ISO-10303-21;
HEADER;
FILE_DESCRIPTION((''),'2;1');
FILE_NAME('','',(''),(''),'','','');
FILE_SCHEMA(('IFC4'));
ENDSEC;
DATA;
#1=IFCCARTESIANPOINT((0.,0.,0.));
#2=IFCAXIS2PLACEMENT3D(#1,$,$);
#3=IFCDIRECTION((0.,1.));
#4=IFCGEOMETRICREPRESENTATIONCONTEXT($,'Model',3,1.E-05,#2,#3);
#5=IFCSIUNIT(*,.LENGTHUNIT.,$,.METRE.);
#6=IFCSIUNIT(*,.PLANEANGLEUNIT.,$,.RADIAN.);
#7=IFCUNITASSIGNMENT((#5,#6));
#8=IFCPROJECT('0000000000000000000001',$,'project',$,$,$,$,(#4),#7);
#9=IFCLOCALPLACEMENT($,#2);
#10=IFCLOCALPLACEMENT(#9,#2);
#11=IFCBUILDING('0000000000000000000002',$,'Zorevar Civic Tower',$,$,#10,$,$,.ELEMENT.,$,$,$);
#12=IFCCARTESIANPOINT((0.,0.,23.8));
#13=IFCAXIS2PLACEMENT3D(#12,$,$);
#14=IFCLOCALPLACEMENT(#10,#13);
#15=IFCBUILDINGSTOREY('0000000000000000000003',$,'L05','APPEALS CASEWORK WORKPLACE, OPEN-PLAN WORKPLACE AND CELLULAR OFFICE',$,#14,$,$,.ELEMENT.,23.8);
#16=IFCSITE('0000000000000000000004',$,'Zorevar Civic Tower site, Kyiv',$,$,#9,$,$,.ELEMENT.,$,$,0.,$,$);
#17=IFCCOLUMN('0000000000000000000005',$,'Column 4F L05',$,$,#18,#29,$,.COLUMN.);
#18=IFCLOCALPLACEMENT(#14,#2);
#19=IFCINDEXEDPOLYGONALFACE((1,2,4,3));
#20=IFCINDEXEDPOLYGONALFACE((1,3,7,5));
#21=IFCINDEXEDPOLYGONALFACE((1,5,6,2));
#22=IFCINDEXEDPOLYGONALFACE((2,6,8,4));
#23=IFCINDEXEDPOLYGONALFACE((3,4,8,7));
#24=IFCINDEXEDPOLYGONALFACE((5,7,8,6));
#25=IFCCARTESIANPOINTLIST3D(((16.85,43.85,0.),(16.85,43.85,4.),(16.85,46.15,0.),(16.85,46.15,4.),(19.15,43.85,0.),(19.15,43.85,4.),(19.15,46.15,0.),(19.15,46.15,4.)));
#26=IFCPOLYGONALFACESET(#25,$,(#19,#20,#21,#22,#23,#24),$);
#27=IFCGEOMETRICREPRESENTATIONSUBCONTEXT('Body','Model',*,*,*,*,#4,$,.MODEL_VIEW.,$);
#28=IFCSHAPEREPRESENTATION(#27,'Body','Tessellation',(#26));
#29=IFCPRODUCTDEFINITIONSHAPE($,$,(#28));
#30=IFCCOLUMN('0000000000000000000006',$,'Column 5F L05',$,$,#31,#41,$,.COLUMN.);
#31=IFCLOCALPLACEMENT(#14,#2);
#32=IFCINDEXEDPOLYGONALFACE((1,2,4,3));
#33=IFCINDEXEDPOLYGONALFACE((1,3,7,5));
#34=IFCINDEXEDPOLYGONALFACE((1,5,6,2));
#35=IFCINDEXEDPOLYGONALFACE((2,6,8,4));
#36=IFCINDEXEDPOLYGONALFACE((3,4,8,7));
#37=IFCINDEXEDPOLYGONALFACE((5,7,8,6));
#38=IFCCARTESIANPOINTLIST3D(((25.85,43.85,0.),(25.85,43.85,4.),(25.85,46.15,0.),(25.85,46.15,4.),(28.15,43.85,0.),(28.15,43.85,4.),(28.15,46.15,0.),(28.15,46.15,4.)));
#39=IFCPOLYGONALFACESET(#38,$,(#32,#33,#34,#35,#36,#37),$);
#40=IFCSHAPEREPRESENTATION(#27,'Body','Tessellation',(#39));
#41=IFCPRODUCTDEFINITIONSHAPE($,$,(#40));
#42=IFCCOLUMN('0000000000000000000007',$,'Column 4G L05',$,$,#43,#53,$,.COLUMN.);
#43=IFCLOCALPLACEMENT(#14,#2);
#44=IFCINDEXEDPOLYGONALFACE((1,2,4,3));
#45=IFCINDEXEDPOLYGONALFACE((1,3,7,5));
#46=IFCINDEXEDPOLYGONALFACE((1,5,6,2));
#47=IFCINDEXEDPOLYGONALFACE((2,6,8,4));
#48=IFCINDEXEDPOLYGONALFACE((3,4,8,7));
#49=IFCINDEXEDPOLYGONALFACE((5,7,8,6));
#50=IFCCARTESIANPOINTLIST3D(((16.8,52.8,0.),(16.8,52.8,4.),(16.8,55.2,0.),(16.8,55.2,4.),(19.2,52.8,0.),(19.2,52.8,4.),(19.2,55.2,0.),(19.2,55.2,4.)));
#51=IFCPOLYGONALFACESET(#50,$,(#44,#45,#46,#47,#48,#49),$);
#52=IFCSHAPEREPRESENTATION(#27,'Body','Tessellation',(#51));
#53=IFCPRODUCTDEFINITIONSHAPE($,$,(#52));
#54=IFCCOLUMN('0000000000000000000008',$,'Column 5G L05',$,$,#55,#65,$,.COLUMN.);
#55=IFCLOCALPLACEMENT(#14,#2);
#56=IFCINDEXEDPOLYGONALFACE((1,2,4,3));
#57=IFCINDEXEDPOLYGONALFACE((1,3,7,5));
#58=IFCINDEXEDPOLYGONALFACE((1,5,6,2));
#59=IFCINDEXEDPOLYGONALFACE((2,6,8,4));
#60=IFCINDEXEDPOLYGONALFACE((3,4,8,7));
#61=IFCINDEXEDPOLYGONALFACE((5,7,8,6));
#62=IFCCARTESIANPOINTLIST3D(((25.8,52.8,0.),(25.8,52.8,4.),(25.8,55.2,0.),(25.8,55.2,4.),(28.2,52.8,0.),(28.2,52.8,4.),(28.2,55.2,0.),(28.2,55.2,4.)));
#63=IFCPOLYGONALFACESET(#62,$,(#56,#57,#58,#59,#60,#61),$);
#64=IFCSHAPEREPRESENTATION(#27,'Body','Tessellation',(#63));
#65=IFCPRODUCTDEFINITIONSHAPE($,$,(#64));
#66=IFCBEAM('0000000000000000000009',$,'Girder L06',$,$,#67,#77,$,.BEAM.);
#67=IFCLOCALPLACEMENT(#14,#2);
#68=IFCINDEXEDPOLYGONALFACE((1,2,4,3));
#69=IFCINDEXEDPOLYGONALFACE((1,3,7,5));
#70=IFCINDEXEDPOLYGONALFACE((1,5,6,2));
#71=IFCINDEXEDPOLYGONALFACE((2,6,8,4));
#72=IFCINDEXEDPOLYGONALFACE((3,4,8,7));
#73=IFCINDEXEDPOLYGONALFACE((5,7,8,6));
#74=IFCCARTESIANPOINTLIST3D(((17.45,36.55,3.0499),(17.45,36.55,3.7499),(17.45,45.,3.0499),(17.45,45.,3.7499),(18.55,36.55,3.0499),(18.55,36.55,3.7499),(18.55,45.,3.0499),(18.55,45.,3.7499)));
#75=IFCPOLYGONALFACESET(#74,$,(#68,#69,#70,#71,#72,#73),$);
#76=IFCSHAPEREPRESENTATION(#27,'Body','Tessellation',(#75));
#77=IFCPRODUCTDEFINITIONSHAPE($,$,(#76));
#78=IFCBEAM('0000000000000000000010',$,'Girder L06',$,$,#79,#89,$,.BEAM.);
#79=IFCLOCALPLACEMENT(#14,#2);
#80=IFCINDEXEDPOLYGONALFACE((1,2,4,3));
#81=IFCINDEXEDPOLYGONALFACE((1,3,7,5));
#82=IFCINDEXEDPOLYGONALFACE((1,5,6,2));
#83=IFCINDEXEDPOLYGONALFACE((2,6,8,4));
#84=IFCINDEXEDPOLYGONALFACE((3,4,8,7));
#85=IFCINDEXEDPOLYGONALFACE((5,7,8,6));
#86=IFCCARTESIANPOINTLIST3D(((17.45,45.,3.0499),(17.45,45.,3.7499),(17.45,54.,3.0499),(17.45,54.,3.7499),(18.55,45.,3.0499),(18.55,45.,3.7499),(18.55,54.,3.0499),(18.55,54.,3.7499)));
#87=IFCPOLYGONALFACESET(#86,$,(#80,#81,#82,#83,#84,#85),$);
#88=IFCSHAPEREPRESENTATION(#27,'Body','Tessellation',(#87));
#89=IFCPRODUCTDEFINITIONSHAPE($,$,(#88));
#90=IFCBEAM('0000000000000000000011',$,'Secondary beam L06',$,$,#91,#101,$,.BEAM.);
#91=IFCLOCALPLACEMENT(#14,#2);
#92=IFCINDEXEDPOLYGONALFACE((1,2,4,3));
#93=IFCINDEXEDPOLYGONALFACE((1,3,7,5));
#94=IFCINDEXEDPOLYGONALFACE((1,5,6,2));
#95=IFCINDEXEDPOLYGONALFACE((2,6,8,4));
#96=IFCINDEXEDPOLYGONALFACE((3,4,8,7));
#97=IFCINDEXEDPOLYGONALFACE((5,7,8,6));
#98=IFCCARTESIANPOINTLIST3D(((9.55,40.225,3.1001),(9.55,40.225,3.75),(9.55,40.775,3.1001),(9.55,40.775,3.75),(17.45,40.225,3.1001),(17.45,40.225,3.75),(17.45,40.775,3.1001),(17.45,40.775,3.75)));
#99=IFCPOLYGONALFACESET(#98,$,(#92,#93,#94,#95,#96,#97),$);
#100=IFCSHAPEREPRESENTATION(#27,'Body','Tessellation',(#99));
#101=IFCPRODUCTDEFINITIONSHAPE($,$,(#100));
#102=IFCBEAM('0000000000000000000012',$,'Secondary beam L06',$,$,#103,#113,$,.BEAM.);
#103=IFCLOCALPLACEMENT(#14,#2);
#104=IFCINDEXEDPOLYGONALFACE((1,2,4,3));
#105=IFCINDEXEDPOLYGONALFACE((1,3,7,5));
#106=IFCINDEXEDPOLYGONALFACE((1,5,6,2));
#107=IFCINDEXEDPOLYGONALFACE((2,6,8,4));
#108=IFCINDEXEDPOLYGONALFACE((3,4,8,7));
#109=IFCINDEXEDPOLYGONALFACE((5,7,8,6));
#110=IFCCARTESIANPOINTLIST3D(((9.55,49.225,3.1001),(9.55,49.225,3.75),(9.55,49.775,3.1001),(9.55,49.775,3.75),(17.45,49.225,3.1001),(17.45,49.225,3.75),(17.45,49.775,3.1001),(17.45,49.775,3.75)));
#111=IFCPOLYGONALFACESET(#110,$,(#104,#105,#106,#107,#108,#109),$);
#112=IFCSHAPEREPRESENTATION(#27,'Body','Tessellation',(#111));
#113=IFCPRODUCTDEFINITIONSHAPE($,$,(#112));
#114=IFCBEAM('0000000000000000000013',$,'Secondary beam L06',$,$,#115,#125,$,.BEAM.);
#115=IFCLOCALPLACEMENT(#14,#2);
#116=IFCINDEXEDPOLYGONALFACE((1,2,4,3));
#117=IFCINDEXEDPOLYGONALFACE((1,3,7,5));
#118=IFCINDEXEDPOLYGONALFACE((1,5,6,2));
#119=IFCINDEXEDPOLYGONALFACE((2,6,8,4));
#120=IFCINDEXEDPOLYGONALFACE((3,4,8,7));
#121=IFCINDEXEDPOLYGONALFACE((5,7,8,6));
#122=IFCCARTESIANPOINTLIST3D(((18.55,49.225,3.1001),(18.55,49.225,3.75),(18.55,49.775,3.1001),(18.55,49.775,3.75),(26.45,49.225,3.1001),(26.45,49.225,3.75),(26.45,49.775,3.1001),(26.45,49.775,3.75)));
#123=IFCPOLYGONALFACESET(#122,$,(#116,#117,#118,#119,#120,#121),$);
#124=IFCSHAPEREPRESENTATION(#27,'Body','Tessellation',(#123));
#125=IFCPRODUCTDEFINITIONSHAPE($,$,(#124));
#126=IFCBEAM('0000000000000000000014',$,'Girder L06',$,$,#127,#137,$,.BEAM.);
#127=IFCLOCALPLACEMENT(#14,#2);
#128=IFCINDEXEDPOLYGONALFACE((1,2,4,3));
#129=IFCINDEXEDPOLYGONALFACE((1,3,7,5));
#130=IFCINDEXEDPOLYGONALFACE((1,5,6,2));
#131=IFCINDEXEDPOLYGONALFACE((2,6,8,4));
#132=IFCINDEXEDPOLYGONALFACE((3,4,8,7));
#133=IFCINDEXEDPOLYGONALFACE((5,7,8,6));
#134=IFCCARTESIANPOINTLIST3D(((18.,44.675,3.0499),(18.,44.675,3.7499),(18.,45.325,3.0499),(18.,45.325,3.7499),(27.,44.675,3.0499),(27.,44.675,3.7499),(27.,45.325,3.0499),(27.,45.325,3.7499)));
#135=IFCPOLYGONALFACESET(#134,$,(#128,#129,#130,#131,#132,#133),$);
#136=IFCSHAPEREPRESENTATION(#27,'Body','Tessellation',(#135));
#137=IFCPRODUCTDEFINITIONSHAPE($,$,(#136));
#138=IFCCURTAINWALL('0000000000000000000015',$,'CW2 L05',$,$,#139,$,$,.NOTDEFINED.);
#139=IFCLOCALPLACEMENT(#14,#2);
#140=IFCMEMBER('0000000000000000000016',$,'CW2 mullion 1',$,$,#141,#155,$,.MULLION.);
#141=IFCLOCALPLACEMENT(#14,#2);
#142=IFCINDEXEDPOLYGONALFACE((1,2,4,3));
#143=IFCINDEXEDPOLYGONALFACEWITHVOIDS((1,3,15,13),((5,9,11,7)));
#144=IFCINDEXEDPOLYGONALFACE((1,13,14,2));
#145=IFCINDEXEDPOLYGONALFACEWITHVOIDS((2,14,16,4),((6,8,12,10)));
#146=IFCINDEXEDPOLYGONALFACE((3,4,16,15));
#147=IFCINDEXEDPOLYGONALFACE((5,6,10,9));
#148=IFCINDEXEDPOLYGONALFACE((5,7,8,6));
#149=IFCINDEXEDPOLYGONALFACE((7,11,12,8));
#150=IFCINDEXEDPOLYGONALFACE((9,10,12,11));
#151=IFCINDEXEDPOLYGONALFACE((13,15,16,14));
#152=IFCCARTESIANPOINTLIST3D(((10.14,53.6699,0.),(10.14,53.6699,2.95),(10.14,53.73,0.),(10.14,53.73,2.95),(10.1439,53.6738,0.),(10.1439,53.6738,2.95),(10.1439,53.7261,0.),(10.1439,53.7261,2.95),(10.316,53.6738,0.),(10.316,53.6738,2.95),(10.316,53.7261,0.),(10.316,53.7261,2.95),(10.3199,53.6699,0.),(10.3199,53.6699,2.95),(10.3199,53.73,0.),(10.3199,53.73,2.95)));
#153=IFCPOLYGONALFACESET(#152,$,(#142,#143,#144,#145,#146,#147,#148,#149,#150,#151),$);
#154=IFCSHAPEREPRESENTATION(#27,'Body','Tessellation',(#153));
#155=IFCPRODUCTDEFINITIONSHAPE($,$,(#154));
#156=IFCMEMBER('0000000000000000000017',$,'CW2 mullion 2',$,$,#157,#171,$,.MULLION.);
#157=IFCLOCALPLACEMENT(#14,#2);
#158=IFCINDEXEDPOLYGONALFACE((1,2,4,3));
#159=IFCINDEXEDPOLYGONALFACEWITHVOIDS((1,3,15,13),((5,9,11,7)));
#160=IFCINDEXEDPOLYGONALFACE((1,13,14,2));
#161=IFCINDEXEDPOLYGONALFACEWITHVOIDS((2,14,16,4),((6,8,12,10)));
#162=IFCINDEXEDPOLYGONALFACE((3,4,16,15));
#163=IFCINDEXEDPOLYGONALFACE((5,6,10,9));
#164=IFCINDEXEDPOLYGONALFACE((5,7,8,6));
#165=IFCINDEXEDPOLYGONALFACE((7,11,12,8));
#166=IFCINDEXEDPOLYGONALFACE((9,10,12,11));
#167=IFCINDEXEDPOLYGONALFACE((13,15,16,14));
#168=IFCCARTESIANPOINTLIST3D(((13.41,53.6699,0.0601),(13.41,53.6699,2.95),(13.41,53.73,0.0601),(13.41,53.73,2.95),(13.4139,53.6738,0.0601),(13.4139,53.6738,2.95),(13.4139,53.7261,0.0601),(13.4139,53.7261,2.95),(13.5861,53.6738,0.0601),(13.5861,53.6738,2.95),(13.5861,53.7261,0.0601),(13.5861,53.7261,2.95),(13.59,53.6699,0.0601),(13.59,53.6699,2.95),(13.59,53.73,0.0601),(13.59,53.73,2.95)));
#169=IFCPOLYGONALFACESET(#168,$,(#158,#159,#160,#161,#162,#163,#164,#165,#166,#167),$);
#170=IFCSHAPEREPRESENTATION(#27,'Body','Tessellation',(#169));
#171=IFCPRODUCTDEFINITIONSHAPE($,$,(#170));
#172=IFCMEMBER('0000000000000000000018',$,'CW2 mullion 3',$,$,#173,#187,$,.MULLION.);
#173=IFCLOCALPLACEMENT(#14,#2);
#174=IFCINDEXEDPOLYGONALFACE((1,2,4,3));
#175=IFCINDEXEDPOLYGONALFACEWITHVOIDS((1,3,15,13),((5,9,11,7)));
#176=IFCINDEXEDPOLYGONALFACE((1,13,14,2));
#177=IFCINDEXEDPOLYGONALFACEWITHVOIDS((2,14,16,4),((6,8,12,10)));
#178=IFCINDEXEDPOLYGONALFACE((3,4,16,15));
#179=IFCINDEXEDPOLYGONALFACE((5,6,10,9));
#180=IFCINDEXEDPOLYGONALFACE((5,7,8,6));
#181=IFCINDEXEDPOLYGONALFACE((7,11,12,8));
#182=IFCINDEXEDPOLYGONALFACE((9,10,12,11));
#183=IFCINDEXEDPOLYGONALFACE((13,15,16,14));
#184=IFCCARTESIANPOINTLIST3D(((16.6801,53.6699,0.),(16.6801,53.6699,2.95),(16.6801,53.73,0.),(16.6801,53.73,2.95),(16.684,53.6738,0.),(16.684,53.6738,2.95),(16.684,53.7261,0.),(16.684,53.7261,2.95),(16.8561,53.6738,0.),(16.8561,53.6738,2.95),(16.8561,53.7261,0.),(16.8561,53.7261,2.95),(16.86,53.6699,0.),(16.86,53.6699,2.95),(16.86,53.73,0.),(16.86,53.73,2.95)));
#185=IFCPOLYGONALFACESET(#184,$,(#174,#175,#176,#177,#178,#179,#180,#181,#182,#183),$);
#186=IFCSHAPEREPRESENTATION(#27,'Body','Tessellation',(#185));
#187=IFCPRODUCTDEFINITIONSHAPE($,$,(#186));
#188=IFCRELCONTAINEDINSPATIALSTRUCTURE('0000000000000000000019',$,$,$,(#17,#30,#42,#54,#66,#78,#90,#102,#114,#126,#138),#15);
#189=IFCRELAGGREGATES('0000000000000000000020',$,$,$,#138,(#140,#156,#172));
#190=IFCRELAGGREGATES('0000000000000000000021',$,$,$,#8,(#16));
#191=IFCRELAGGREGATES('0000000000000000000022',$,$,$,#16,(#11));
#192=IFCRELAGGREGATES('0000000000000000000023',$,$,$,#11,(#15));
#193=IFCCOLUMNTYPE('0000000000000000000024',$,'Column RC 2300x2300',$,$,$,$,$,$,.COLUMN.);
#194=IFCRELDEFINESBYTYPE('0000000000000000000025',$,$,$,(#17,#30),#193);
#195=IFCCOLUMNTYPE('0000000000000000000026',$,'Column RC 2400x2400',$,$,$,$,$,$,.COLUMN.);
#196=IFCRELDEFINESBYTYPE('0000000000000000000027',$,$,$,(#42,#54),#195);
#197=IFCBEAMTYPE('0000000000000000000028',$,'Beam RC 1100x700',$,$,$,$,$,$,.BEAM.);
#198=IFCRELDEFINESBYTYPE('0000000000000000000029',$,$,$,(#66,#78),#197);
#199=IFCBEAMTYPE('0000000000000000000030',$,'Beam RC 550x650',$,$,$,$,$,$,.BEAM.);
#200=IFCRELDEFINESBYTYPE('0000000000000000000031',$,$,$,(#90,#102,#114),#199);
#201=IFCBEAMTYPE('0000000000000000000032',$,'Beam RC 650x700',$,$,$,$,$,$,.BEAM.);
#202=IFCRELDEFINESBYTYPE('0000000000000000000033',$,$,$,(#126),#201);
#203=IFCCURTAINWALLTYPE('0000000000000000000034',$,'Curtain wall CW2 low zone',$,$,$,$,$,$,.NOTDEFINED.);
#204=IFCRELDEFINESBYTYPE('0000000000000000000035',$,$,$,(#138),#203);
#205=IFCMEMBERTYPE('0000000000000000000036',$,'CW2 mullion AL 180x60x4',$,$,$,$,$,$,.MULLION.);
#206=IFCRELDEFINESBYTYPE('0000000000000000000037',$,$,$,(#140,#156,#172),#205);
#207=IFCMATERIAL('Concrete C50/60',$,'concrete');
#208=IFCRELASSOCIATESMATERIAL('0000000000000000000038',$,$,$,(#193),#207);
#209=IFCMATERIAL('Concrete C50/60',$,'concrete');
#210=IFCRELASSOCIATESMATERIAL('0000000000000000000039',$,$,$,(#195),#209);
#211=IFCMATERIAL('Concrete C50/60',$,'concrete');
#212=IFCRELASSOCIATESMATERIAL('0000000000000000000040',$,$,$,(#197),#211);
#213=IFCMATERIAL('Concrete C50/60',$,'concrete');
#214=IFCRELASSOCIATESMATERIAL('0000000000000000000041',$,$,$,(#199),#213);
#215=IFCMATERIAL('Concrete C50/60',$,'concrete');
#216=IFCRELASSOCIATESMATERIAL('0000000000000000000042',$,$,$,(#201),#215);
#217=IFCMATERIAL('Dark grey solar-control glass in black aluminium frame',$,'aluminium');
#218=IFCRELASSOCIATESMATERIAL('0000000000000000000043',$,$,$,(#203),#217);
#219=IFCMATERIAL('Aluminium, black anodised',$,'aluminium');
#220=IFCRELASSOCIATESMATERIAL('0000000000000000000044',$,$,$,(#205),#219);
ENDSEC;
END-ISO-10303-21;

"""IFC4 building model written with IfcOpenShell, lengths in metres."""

from ifc_helpers import new_model, si_unit, direction, frame, origin, origin_2d, place, context, subcontext, project, spatial, rectangle, hollow_rectangle, extrude, material, material_profile, profile_set, type_object, element, aggregate, save


model = new_model("IFC4")

# Units and contexts
model_context = context("Model", 3, precision=1e-05, world=origin(), true_north=direction((0.0, 1.0)))
body_context = subcontext(model_context, "Body", "Model", "MODEL_VIEW")
ifc_project = project(units=[si_unit("LENGTHUNIT", "METRE"), si_unit("PLANEANGLEUNIT", "RADIAN")], contexts=[model_context])

# Site, building, storey
site_placement = place(None, origin())
site = spatial("IfcSite", under=ifc_project, at=site_placement, Name="Zorevar Civic Tower site, Kyiv", CompositionType="ELEMENT", RefElevation=0.0)
building_placement = place(site_placement, origin())
building = spatial("IfcBuilding", under=site, at=building_placement, Name="Zorevar Civic Tower", CompositionType="ELEMENT")
storey_placement = place(building_placement, frame((0.0, 0.0, 23.8)))
storey = spatial("IfcBuildingStorey", under=building, at=storey_placement, Name="L05", Description="APPEALS CASEWORK WORKPLACE, OPEN-PLAN WORKPLACE AND CELLULAR OFFICE", CompositionType="ELEMENT", Elevation=23.8)

# Columns
ifc_material_1 = material(Name="Concrete C50/60", Category="concrete")
ifc_material_profile_1 = material_profile(ifc_material_1, rectangle(XDim=2.3, YDim=2.3, at=origin_2d()), Name="RC 2300x2300")
ifc_profile_set_1 = profile_set([ifc_material_profile_1], Name="Concrete C50/60")
column_type_1 = type_object("IfcColumnType", Name="Column RC 2300x2300", PredefinedType="COLUMN", material=ifc_profile_set_1)
for number, where, z_axis, x_axis, name in (
    (1, (18.0, 45.0, 0.0), (0.0, 0.0, 1.0), (1.0, 0.0, 0.0), "Column 4F L05"),
    (2, (27.0, 45.0, 0.0), (0.0, 0.0, 1.0), (1.0, 0.0, 0.0), "Column 5F L05"),
):
    element("IfcColumn", number, at=place(storey_placement, frame(where, z_axis=z_axis, x_axis=x_axis)), inside=storey, type_object=column_type_1, Name=name, PredefinedType="COLUMN", context=body_context, shape_type="SweptSolid", body=[
        extrude(rectangle(XDim=2.3, YDim=2.3, at=origin_2d()), origin(), (0.0, 0.0, 1.0), 4.0),
    ])
ifc_material_2 = material(Name="Concrete C50/60", Category="concrete")
ifc_material_profile_2 = material_profile(ifc_material_2, rectangle(XDim=2.3999, YDim=2.3999, at=origin_2d()), Name="RC 2400x2400")
ifc_profile_set_2 = profile_set([ifc_material_profile_2], Name="Concrete C50/60")
column_type_2 = type_object("IfcColumnType", Name="Column RC 2400x2400", PredefinedType="COLUMN", material=ifc_profile_set_2)
for number, where, z_axis, x_axis, name in (
    (3, (18.0, 54.0, 0.0), (0.0, 0.0, 1.0), (1.0, 0.0, 0.0), "Column 4G L05"),
    (4, (27.0, 54.0, 0.0), (0.0, 0.0, 1.0), (1.0, 0.0, 0.0), "Column 5G L05"),
):
    element("IfcColumn", number, at=place(storey_placement, frame(where, z_axis=z_axis, x_axis=x_axis)), inside=storey, type_object=column_type_2, Name=name, PredefinedType="COLUMN", context=body_context, shape_type="SweptSolid", body=[
        extrude(rectangle(XDim=2.3999, YDim=2.3999, at=origin_2d()), origin(), (0.0, 0.0, 1.0), 4.0),
    ])

# Beams
ifc_material_3 = material(Name="Concrete C50/60", Category="concrete")
ifc_material_profile_3 = material_profile(ifc_material_3, rectangle(XDim=1.1001, YDim=0.7, at=origin_2d()), Name="RC 1100x700")
ifc_profile_set_3 = profile_set([ifc_material_profile_3], Name="Concrete C50/60")
beam_type_1 = type_object("IfcBeamType", Name="Beam RC 1100x700", PredefinedType="BEAM", material=ifc_profile_set_3)
beam_1_placement = place(storey_placement, frame((18.0, 36.55, 3.3999), z_axis=(0.0, 1.0, 0.0), x_axis=(-1.0, 0.0, 0.0)))
element("IfcBeam", 5, at=beam_1_placement, inside=storey, type_object=beam_type_1, Name="Girder L06", PredefinedType="BEAM", context=body_context, shape_type="SweptSolid", body=[
    extrude(rectangle(XDim=1.1001, YDim=0.7, at=origin_2d()), origin(), (0.0, 0.0, 1.0), 8.45),
])
beam_2_placement = place(storey_placement, frame((18.0, 45.0, 3.3999), z_axis=(0.0, 1.0, 0.0), x_axis=(-1.0, 0.0, 0.0)))
element("IfcBeam", 6, at=beam_2_placement, inside=storey, type_object=beam_type_1, Name="Girder L06", PredefinedType="BEAM", context=body_context, shape_type="SweptSolid", body=[
    extrude(rectangle(XDim=1.1001, YDim=0.7, at=origin_2d()), origin(), (0.0, 0.0, 1.0), 9.0),
])
ifc_material_4 = material(Name="Concrete C50/60", Category="concrete")
ifc_material_profile_4 = material_profile(ifc_material_4, rectangle(XDim=0.55, YDim=0.6499, at=origin_2d()), Name="RC 550x650")
ifc_profile_set_4 = profile_set([ifc_material_profile_4], Name="Concrete C50/60")
beam_type_2 = type_object("IfcBeamType", Name="Beam RC 550x650", PredefinedType="BEAM", material=ifc_profile_set_4)
for number, where, z_axis, x_axis, name in (
    (7, (9.55, 40.5, 3.425), (1.0, 0.0, 0.0), (0.0, 1.0, 0.0), "Secondary beam L06"),
    (8, (9.55, 49.5, 3.425), (1.0, 0.0, 0.0), (0.0, 1.0, 0.0), "Secondary beam L06"),
    (9, (18.55, 49.5, 3.425), (1.0, 0.0, 0.0), (0.0, 1.0, 0.0), "Secondary beam L06"),
):
    element("IfcBeam", number, at=place(storey_placement, frame(where, z_axis=z_axis, x_axis=x_axis)), inside=storey, type_object=beam_type_2, Name=name, PredefinedType="BEAM", context=body_context, shape_type="SweptSolid", body=[
        extrude(rectangle(XDim=0.55, YDim=0.6499, at=origin_2d()), origin(), (0.0, 0.0, 1.0), 7.8999),
    ])
ifc_material_5 = material(Name="Concrete C50/60", Category="concrete")
ifc_material_profile_5 = material_profile(ifc_material_5, rectangle(XDim=0.6499, YDim=0.7, at=origin_2d()), Name="RC 650x700")
ifc_profile_set_5 = profile_set([ifc_material_profile_5], Name="Concrete C50/60")
beam_type_3 = type_object("IfcBeamType", Name="Beam RC 650x700", PredefinedType="BEAM", material=ifc_profile_set_5)
beam_3_placement = place(storey_placement, frame((18.0, 45.0, 3.3999), z_axis=(1.0, 0.0, 0.0), x_axis=(0.0, 1.0, 0.0)))
element("IfcBeam", 10, at=beam_3_placement, inside=storey, type_object=beam_type_3, Name="Girder L06", PredefinedType="BEAM", context=body_context, shape_type="SweptSolid", body=[
    extrude(rectangle(XDim=0.6499, YDim=0.7, at=origin_2d()), origin(), (0.0, 0.0, 1.0), 9.0),
])

# Curtain wall, members
ifc_material_6 = material(Name="Dark grey solar-control glass in black aluminium frame", Category="aluminium")
curtain_wall_type = type_object("IfcCurtainWallType", Name="Curtain wall CW2 low zone", PredefinedType="NOTDEFINED", material=ifc_material_6)
curtain_wall_1_placement = place(storey_placement, origin())
curtain_wall_1 = element("IfcCurtainWall", 11, at=curtain_wall_1_placement, inside=storey, type_object=curtain_wall_type, Name="CW2 L05", PredefinedType="NOTDEFINED")
ifc_material_7 = material(Name="Aluminium, black anodised", Category="aluminium")
ifc_material_profile_6 = material_profile(ifc_material_7, hollow_rectangle(XDim=0.0601, YDim=0.1799, WallThickness=0.0039, at=origin_2d()), Name="AL 180x60x4")
ifc_profile_set_6 = profile_set([ifc_material_profile_6], Name="Aluminium, black anodised")
member_type_1 = type_object("IfcMemberType", Name="CW2 mullion AL 180x60x4", PredefinedType="MULLION", material=ifc_profile_set_6)
member_1_placement = place(storey_placement, frame((10.23, 53.7, 0.0), z_axis=(0.0, 0.0, 1.0), x_axis=(0.0, 1.0, 0.0)))
member_1 = element("IfcMember", 12, at=member_1_placement, type_object=member_type_1, Name="CW2 mullion 1", PredefinedType="MULLION", context=body_context, shape_type="SweptSolid", body=[
    extrude(hollow_rectangle(XDim=0.0601, YDim=0.1799, WallThickness=0.0039, at=origin_2d()), origin(), (0.0, 0.0, 1.0), 2.95),
])
member_2_placement = place(storey_placement, frame((13.5, 53.7, 0.0601), z_axis=(0.0, 0.0, 1.0), x_axis=(0.0, 1.0, 0.0)))
member_2 = element("IfcMember", 13, at=member_2_placement, type_object=member_type_1, Name="CW2 mullion 2", PredefinedType="MULLION", context=body_context, shape_type="SweptSolid", body=[
    extrude(hollow_rectangle(XDim=0.0601, YDim=0.1799, WallThickness=0.0039, at=origin_2d()), origin(), (0.0, 0.0, 1.0), 2.8899),
])
member_3_placement = place(storey_placement, frame((16.77, 53.7, 0.0), z_axis=(0.0, 0.0, 1.0), x_axis=(0.0, 1.0, 0.0)))
member_3 = element("IfcMember", 14, at=member_3_placement, type_object=member_type_1, Name="CW2 mullion 3", PredefinedType="MULLION", context=body_context, shape_type="SweptSolid", body=[
    extrude(hollow_rectangle(XDim=0.0601, YDim=0.1799, WallThickness=0.0039, at=origin_2d()), origin(), (0.0, 0.0, 1.0), 2.95),
])

aggregate(curtain_wall_1, [member_1, member_2, member_3])

save(model, "model.ifc")
